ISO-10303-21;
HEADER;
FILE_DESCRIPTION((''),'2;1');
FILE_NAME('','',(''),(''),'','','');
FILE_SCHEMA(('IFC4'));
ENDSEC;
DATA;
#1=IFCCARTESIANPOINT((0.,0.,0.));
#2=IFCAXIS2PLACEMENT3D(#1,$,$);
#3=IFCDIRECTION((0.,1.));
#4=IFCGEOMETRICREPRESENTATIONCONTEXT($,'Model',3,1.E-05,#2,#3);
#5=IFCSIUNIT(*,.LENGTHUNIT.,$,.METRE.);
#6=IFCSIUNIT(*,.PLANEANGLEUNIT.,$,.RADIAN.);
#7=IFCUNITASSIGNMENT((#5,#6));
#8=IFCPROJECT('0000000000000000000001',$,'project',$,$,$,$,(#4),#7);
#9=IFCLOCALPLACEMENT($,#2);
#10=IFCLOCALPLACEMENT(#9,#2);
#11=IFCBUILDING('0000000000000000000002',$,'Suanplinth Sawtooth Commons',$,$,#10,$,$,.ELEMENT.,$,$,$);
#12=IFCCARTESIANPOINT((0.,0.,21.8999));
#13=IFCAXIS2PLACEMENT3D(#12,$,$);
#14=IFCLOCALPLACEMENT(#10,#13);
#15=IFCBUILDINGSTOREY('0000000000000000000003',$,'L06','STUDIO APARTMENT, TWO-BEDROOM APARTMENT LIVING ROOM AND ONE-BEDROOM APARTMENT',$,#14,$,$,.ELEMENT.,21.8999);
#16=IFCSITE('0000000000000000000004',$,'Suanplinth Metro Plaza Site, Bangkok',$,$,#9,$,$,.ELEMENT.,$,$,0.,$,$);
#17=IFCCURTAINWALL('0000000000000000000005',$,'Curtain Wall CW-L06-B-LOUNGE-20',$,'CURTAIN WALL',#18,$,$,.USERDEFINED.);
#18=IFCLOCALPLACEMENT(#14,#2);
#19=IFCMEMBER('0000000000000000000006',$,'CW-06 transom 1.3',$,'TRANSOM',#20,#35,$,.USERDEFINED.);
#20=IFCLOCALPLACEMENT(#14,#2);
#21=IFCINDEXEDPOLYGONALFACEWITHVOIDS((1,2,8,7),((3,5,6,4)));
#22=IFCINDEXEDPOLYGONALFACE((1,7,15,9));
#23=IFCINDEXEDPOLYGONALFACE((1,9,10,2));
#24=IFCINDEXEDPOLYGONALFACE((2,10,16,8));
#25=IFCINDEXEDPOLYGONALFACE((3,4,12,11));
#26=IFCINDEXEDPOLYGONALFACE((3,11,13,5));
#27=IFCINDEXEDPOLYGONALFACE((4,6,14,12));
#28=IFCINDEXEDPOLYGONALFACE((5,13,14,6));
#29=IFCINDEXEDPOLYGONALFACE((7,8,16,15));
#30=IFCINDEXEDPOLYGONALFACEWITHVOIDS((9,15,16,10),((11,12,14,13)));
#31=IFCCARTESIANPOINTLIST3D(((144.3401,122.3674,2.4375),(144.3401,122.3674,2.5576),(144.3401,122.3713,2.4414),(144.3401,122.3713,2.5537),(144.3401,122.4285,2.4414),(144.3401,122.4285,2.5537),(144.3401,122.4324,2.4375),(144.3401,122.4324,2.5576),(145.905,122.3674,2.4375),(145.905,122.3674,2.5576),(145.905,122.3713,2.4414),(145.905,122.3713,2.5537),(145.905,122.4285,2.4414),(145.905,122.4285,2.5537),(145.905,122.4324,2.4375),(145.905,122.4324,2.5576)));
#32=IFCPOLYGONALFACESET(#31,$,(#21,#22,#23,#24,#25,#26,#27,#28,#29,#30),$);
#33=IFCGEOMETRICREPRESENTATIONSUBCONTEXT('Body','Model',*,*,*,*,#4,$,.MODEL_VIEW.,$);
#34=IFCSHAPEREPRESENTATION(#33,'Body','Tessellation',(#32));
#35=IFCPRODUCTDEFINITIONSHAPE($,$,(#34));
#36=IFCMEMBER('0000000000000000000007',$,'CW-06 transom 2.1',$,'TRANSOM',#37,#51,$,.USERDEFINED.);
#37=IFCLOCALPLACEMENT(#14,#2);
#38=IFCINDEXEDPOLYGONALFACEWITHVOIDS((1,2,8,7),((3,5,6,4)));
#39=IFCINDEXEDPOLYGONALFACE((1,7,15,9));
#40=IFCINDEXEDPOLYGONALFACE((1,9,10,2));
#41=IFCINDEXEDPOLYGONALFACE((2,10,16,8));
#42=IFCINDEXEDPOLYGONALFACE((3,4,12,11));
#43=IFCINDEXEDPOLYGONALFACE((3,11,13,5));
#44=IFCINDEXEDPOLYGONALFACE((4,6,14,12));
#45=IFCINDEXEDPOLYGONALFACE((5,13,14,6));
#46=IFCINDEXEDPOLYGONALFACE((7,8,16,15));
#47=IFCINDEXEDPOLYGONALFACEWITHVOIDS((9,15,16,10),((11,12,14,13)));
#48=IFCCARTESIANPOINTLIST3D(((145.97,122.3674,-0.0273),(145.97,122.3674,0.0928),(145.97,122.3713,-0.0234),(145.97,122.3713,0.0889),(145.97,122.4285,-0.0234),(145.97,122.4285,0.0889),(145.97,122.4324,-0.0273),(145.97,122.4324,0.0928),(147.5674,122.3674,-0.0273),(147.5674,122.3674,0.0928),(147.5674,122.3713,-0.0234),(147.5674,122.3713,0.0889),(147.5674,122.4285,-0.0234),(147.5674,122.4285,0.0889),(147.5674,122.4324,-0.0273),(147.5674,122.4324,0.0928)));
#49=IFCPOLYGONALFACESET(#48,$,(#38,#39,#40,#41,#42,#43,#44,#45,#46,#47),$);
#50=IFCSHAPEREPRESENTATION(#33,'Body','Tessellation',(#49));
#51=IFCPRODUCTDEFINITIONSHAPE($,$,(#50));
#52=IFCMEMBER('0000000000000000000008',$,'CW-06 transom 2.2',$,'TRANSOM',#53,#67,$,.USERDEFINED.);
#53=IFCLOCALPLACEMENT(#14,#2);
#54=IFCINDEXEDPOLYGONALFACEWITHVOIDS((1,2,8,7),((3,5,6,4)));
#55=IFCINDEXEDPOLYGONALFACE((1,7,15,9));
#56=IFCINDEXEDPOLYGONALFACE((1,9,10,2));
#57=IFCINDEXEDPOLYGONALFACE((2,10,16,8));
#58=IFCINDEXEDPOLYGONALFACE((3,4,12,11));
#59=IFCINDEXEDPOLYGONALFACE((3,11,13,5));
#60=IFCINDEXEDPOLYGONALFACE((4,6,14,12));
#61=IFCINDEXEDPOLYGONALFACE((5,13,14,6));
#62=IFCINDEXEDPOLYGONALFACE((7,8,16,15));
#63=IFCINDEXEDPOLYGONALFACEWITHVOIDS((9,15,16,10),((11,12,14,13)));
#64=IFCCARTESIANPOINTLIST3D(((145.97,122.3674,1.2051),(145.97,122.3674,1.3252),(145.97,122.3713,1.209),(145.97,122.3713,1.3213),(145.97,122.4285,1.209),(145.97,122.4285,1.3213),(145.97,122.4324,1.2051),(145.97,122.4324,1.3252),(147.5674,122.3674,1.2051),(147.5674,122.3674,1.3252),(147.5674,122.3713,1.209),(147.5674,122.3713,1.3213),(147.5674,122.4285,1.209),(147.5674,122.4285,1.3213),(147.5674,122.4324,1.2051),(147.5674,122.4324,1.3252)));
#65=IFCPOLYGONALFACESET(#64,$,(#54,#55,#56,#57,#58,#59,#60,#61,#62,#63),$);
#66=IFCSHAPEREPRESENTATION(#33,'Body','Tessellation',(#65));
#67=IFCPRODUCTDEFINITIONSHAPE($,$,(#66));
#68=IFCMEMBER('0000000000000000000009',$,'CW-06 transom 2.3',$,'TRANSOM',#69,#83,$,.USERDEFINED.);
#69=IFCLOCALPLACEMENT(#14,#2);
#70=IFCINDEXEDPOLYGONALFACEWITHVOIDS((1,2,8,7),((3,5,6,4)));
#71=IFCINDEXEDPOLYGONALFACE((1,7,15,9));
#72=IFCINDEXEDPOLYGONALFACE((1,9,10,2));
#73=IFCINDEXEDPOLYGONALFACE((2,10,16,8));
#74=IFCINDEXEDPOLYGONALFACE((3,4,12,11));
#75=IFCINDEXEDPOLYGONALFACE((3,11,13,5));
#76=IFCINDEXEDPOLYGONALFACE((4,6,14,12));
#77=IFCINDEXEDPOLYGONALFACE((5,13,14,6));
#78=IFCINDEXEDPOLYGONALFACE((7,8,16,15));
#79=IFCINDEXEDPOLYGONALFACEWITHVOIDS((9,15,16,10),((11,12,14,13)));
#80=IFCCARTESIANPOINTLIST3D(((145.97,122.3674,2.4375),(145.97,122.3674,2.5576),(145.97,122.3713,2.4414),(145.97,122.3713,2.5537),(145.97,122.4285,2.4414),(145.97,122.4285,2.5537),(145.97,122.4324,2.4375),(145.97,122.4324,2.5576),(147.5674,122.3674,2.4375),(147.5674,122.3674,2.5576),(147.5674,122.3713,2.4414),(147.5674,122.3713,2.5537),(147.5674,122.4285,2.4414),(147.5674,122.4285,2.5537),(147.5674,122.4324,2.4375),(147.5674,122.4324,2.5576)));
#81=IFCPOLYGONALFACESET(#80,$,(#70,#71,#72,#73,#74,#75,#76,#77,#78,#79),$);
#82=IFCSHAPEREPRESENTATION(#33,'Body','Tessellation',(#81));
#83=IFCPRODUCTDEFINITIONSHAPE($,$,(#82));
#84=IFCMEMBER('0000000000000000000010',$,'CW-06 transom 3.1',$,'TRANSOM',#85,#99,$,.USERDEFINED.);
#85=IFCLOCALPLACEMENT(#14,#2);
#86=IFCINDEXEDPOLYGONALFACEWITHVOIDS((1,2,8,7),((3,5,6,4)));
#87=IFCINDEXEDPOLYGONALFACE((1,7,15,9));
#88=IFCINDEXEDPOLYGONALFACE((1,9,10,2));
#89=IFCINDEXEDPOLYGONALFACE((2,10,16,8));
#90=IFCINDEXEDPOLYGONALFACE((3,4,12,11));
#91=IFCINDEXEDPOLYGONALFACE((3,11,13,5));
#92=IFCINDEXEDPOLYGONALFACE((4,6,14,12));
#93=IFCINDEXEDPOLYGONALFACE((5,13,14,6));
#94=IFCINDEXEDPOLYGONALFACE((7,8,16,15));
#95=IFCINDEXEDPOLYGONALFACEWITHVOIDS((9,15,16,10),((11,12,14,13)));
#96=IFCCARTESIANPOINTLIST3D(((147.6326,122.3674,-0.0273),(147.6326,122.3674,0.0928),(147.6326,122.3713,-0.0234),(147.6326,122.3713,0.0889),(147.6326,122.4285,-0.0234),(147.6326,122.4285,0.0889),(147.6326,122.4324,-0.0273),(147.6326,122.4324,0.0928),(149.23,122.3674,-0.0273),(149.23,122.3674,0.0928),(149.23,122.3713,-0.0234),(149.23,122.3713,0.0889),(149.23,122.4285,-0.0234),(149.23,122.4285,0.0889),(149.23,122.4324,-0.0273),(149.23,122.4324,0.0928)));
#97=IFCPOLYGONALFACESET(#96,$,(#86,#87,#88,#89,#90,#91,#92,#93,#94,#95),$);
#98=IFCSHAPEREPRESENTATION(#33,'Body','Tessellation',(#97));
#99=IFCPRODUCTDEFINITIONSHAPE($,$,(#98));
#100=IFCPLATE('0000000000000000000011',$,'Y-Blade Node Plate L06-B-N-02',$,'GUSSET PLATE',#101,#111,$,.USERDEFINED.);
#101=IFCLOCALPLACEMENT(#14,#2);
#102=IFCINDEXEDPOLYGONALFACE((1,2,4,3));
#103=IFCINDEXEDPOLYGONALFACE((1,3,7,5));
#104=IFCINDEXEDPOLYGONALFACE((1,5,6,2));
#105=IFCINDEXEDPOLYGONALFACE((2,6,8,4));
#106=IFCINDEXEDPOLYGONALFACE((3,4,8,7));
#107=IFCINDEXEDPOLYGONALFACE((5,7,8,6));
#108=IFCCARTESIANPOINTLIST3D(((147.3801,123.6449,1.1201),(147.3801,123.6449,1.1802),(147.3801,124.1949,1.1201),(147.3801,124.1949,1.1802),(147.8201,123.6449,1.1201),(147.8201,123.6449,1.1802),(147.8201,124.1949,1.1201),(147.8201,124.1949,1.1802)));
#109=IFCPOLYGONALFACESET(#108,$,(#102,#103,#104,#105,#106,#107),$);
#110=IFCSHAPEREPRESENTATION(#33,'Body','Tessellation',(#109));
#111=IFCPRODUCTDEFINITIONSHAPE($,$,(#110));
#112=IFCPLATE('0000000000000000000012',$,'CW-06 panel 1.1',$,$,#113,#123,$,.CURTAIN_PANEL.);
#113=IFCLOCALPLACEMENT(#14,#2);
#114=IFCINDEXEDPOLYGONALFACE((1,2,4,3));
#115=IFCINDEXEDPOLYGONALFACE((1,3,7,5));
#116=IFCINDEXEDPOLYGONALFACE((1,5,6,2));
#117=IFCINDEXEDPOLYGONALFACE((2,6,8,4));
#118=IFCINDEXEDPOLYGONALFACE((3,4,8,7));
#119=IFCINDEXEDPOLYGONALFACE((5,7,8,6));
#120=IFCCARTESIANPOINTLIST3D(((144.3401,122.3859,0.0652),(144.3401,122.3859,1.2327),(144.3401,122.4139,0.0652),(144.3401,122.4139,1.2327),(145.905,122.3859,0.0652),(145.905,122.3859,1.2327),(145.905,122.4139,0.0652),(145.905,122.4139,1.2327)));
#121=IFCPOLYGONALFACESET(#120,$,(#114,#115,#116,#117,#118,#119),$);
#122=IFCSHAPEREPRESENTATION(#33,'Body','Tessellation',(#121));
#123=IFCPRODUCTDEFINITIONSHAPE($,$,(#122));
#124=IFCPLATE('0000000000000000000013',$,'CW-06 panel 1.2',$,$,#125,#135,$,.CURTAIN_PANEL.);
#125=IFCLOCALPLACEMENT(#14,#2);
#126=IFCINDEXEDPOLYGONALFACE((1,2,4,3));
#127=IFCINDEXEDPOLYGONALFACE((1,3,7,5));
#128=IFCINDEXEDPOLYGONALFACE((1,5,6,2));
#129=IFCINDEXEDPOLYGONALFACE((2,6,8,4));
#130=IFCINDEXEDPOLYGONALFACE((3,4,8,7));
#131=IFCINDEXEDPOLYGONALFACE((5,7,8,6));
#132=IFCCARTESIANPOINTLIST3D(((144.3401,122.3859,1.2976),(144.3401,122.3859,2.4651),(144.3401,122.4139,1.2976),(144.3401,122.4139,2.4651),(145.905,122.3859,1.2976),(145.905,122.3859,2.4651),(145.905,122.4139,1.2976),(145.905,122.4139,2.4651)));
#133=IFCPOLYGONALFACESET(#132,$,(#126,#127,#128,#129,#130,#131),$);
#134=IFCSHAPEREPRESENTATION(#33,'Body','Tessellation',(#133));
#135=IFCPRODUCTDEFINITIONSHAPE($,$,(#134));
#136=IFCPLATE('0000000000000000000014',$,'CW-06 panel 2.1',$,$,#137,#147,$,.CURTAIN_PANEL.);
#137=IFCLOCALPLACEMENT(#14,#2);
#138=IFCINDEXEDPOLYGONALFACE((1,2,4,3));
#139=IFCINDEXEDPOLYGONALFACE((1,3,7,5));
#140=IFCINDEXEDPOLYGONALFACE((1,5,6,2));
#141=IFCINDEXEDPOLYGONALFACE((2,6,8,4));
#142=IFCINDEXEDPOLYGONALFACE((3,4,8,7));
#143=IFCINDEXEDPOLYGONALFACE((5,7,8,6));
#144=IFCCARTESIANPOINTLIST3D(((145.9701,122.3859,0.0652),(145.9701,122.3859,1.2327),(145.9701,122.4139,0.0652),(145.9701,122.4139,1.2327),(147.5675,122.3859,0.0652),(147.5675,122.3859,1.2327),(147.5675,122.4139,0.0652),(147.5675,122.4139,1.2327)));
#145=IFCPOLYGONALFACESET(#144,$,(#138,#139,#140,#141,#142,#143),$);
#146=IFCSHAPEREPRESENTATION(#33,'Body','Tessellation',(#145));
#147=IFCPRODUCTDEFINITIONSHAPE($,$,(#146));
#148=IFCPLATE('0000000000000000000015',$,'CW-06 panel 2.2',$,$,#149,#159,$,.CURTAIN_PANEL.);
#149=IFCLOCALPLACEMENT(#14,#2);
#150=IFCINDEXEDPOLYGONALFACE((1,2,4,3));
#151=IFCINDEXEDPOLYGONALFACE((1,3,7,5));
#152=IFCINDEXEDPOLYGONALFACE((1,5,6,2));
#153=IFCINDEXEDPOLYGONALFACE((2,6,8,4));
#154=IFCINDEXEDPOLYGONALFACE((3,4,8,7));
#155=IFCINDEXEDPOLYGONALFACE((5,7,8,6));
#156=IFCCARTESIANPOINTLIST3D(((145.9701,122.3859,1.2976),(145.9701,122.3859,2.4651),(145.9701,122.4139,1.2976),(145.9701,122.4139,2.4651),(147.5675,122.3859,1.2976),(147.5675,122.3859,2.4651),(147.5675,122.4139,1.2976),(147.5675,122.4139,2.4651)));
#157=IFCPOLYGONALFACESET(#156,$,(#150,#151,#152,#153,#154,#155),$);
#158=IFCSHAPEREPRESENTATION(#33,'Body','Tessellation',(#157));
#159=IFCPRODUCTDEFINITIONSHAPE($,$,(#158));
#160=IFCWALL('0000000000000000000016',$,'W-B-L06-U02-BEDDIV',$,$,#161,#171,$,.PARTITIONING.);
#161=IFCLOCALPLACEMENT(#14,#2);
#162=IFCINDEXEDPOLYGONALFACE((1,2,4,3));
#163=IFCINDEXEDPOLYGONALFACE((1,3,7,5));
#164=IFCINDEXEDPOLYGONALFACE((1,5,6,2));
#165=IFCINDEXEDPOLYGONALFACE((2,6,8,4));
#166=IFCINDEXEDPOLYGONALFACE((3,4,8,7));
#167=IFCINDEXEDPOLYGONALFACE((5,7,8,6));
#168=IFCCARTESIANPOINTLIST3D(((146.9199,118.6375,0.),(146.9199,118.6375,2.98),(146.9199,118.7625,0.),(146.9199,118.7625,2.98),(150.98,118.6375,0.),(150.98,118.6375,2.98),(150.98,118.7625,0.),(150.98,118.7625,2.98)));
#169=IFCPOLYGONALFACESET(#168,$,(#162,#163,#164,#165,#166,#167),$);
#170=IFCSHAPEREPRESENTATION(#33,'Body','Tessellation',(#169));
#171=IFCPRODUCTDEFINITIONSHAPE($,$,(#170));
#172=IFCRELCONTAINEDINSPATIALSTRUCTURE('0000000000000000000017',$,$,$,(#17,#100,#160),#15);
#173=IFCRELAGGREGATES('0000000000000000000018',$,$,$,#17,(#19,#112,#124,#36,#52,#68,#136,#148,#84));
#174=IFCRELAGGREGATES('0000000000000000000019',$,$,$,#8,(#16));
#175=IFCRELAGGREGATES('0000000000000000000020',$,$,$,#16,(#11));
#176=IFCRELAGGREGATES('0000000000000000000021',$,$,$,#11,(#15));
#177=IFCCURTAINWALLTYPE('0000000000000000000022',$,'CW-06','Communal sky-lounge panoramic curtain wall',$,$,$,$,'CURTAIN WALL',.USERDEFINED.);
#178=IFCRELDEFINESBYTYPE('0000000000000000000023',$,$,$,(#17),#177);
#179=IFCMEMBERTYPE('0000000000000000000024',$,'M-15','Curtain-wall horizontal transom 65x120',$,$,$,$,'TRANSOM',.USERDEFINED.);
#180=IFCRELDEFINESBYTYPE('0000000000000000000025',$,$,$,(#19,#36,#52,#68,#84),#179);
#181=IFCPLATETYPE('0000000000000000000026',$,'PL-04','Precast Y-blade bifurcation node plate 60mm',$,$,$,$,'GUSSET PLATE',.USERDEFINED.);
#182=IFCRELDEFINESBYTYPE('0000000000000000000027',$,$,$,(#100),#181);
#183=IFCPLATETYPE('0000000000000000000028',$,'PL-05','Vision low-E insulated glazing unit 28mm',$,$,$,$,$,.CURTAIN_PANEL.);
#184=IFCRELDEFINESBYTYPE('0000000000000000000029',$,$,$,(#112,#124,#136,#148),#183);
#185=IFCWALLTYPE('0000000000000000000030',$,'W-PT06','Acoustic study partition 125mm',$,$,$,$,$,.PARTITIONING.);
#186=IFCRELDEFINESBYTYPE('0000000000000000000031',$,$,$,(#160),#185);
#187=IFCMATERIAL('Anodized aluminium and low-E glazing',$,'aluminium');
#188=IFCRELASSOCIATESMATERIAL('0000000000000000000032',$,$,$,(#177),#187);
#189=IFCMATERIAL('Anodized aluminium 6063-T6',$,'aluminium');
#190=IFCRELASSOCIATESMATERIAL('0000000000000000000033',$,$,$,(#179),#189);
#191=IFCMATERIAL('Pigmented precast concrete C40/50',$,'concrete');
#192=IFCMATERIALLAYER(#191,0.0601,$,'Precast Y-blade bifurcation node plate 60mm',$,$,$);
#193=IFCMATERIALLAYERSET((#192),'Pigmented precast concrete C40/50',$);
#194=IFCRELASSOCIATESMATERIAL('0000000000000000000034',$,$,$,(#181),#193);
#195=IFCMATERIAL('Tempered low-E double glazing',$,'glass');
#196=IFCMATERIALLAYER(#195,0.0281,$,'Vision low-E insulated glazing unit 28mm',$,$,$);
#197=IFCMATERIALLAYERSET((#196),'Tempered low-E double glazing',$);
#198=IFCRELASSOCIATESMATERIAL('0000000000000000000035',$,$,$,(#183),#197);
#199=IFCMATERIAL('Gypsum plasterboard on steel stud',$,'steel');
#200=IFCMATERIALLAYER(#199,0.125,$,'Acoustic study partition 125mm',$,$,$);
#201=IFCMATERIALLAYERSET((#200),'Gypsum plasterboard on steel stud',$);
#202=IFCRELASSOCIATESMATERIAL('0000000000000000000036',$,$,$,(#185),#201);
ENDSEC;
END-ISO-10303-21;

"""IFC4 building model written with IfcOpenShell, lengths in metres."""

from ifc_helpers import new_model, si_unit, direction, frame, frame_2d, origin, origin_2d, place, context, subcontext, project, spatial, rectangle, hollow_rectangle, extrude, material, layer, layer_set, material_profile, profile_set, type_object, element, aggregate, save


model = new_model("IFC4")

# Units and contexts
model_context = context("Model", 3, precision=1e-05, world=origin(), true_north=direction((0.0, 1.0)))
body_context = subcontext(model_context, "Body", "Model", "MODEL_VIEW")
ifc_project = project(units=[si_unit("LENGTHUNIT", "METRE"), si_unit("PLANEANGLEUNIT", "RADIAN")], contexts=[model_context])

# Site, building, storey
site_placement = place(None, origin())
site = spatial("IfcSite", under=ifc_project, at=site_placement, Name="Suanplinth Metro Plaza Site, Bangkok", CompositionType="ELEMENT", RefElevation=0.0)
building_placement = place(site_placement, origin())
building = spatial("IfcBuilding", under=site, at=building_placement, Name="Suanplinth Sawtooth Commons", CompositionType="ELEMENT")
storey_placement = place(building_placement, frame((0.0, 0.0, 21.8999)))
storey = spatial("IfcBuildingStorey", under=building, at=storey_placement, Name="L06", Description="STUDIO APARTMENT, TWO-BEDROOM APARTMENT LIVING ROOM AND ONE-BEDROOM APARTMENT", CompositionType="ELEMENT", Elevation=21.8999)

# Shared definitions
ifc_material_1 = material(Name="Pigmented precast concrete C40/50", Category="concrete")

# Curtain wall, members
ifc_material_2 = material(Name="Anodized aluminium and low-E glazing", Category="aluminium")
curtain_wall_type = type_object("IfcCurtainWallType", Name="CW-06", Description="Communal sky-lounge panoramic curtain wall", ElementType="CURTAIN WALL", PredefinedType="USERDEFINED", material=ifc_material_2)
curtain_wall_placement = place(storey_placement, origin())
curtain_wall = element("IfcCurtainWall", 1, at=curtain_wall_placement, inside=storey, type_object=curtain_wall_type, Name="Curtain Wall CW-L06-B-LOUNGE-20", ObjectType="CURTAIN WALL", PredefinedType="USERDEFINED")
ifc_material_3 = material(Name="Anodized aluminium 6063-T6", Category="aluminium")
ifc_material_profile_1 = material_profile(ifc_material_3, hollow_rectangle(XDim=0.0649, YDim=0.1201, WallThickness=0.0039, at=origin_2d()), Name="ALU-TRN 65x120")
ifc_profile_set_1 = profile_set([ifc_material_profile_1], Name="Anodized aluminium 6063-T6")
member_type_1 = type_object("IfcMemberType", Name="M-15", Description="Curtain-wall horizontal transom 65x120", ElementType="TRANSOM", PredefinedType="USERDEFINED", material=ifc_profile_set_1)
member_1_placement = place(storey_placement, frame((144.3401, 122.3999, 2.4976), z_axis=(1.0, 0.0, 0.0), x_axis=(0.0, 1.0, 0.0)))
member_1 = element("IfcMember", 2, at=member_1_placement, type_object=member_type_1, Name="CW-06 transom 1.3", ObjectType="TRANSOM", PredefinedType="USERDEFINED", context=body_context, shape_type="SweptSolid", body=[
    extrude(hollow_rectangle(XDim=0.0649, YDim=0.1201, WallThickness=0.0039, at=origin_2d()), origin(), (0.0, 0.0, 1.0), 1.5649),
])
member_2_placement = place(storey_placement, frame((145.97, 122.3999, 0.0327), z_axis=(1.0, 0.0, 0.0), x_axis=(0.0, 1.0, 0.0)))
member_2 = element("IfcMember", 3, at=member_2_placement, type_object=member_type_1, Name="CW-06 transom 2.1", ObjectType="TRANSOM", PredefinedType="USERDEFINED", context=body_context, shape_type="SweptSolid", body=[
    extrude(hollow_rectangle(XDim=0.0649, YDim=0.1201, WallThickness=0.0039, at=origin_2d()), origin(), (0.0, 0.0, 1.0), 1.5974),
])
member_3_placement = place(storey_placement, frame((145.97, 122.3999, 1.2651), z_axis=(1.0, 0.0, 0.0), x_axis=(0.0, 1.0, 0.0)))
member_3 = element("IfcMember", 4, at=member_3_placement, type_object=member_type_1, Name="CW-06 transom 2.2", ObjectType="TRANSOM", PredefinedType="USERDEFINED", context=body_context, shape_type="SweptSolid", body=[
    extrude(hollow_rectangle(XDim=0.0649, YDim=0.1201, WallThickness=0.0039, at=origin_2d()), origin(), (0.0, 0.0, 1.0), 1.5974),
])
member_4_placement = place(storey_placement, frame((145.97, 122.3999, 2.4976), z_axis=(1.0, 0.0, 0.0), x_axis=(0.0, 1.0, 0.0)))
member_4 = element("IfcMember", 5, at=member_4_placement, type_object=member_type_1, Name="CW-06 transom 2.3", ObjectType="TRANSOM", PredefinedType="USERDEFINED", context=body_context, shape_type="SweptSolid", body=[
    extrude(hollow_rectangle(XDim=0.0649, YDim=0.1201, WallThickness=0.0039, at=origin_2d()), origin(), (0.0, 0.0, 1.0), 1.5974),
])
member_5_placement = place(storey_placement, frame((147.6326, 122.3999, 0.0327), z_axis=(1.0, 0.0, 0.0), x_axis=(0.0, 1.0, 0.0)))
member_5 = element("IfcMember", 6, at=member_5_placement, type_object=member_type_1, Name="CW-06 transom 3.1", ObjectType="TRANSOM", PredefinedType="USERDEFINED", context=body_context, shape_type="SweptSolid", body=[
    extrude(hollow_rectangle(XDim=0.0649, YDim=0.1201, WallThickness=0.0039, at=origin_2d()), origin(), (0.0, 0.0, 1.0), 1.5974),
])

# Plates
ifc_layer_1 = layer(ifc_material_1, 0.0601, Name="Precast Y-blade bifurcation node plate 60mm")
ifc_layer_set_1 = layer_set([ifc_layer_1], Name="Pigmented precast concrete C40/50")
plate_type_1 = type_object("IfcPlateType", Name="PL-04", Description="Precast Y-blade bifurcation node plate 60mm", ElementType="GUSSET PLATE", PredefinedType="USERDEFINED", material=ifc_layer_set_1)
plate_1_placement = place(storey_placement, frame((147.6001, 123.9199, 1.1201), z_axis=(0.0, 0.0, 1.0), x_axis=(1.0, 0.0, 0.0)))
element("IfcPlate", 7, at=plate_1_placement, inside=storey, type_object=plate_type_1, Name="Y-Blade Node Plate L06-B-N-02", ObjectType="GUSSET PLATE", PredefinedType="USERDEFINED", context=body_context, shape_type="SweptSolid", body=[
    extrude(rectangle(XDim=0.4399, YDim=0.55, at=origin_2d()), origin(), (0.0, 0.0, 1.0), 0.0601),
])
ifc_material_4 = material(Name="Tempered low-E double glazing", Category="glass")
ifc_layer_2 = layer(ifc_material_4, 0.0281, Name="Vision low-E insulated glazing unit 28mm")
ifc_layer_set_2 = layer_set([ifc_layer_2], Name="Tempered low-E double glazing")
plate_type_2 = type_object("IfcPlateType", Name="PL-05", Description="Vision low-E insulated glazing unit 28mm", PredefinedType="CURTAIN_PANEL", material=ifc_layer_set_2)
plate_2_placement = place(storey_placement, frame((145.1226, 122.3999, 0.0652), z_axis=(0.0, 0.0, 1.0), x_axis=(1.0, 0.0, 0.0)))
plate_2 = element("IfcPlate", 8, at=plate_2_placement, type_object=plate_type_2, Name="CW-06 panel 1.1", PredefinedType="CURTAIN_PANEL", context=body_context, shape_type="SweptSolid", body=[
    extrude(rectangle(XDim=1.5649, YDim=0.0281, at=origin_2d()), origin(), (0.0, 0.0, 1.0), 1.1675),
])
plate_3_placement = place(storey_placement, frame((145.1226, 122.3999, 1.2976), z_axis=(0.0, 0.0, 1.0), x_axis=(1.0, 0.0, 0.0)))
plate_3 = element("IfcPlate", 9, at=plate_3_placement, type_object=plate_type_2, Name="CW-06 panel 1.2", PredefinedType="CURTAIN_PANEL", context=body_context, shape_type="SweptSolid", body=[
    extrude(rectangle(XDim=1.5649, YDim=0.0281, at=origin_2d()), origin(), (0.0, 0.0, 1.0), 1.1675),
])
plate_4_placement = place(storey_placement, frame((146.7688, 122.3999, 0.0652), z_axis=(0.0, 0.0, 1.0), x_axis=(1.0, 0.0, 0.0)))
plate_4 = element("IfcPlate", 10, at=plate_4_placement, type_object=plate_type_2, Name="CW-06 panel 2.1", PredefinedType="CURTAIN_PANEL", context=body_context, shape_type="SweptSolid", body=[
    extrude(rectangle(XDim=1.5974, YDim=0.0281, at=origin_2d()), origin(), (0.0, 0.0, 1.0), 1.1675),
])
plate_5_placement = place(storey_placement, frame((146.7688, 122.3999, 1.2976), z_axis=(0.0, 0.0, 1.0), x_axis=(1.0, 0.0, 0.0)))
plate_5 = element("IfcPlate", 11, at=plate_5_placement, type_object=plate_type_2, Name="CW-06 panel 2.2", PredefinedType="CURTAIN_PANEL", context=body_context, shape_type="SweptSolid", body=[
    extrude(rectangle(XDim=1.5974, YDim=0.0281, at=origin_2d()), origin(), (0.0, 0.0, 1.0), 1.1675),
])
aggregate(curtain_wall, [member_1, plate_2, plate_3, member_2, member_3, member_4, plate_4, plate_5, member_5])

# Shared definitions
ifc_material_5 = material(Name="Gypsum plasterboard on steel stud", Category="steel")

# Wall
ifc_layer_3 = layer(ifc_material_5, 0.125, Name="Acoustic study partition 125mm")
ifc_layer_set_3 = layer_set([ifc_layer_3], Name="Gypsum plasterboard on steel stud")
wall_type_1 = type_object("IfcWallType", Name="W-PT06", Description="Acoustic study partition 125mm", PredefinedType="PARTITIONING", material=ifc_layer_set_3)
wall_1_placement = place(storey_placement, frame((146.9199, 118.7, 0.0), z_axis=(0.0, 0.0, 1.0), x_axis=(1.0, 0.0, 0.0)))
element("IfcWall", 12, at=wall_1_placement, inside=storey, type_object=wall_type_1, Name="W-B-L06-U02-BEDDIV", PredefinedType="PARTITIONING", context=body_context, shape_type="SweptSolid", body=[
    extrude(rectangle(XDim=4.0601, YDim=0.125, at=frame_2d((2.03, 0.0))), origin(), (0.0, 0.0, 1.0), 2.98),
])

save(model, "model.ifc")
